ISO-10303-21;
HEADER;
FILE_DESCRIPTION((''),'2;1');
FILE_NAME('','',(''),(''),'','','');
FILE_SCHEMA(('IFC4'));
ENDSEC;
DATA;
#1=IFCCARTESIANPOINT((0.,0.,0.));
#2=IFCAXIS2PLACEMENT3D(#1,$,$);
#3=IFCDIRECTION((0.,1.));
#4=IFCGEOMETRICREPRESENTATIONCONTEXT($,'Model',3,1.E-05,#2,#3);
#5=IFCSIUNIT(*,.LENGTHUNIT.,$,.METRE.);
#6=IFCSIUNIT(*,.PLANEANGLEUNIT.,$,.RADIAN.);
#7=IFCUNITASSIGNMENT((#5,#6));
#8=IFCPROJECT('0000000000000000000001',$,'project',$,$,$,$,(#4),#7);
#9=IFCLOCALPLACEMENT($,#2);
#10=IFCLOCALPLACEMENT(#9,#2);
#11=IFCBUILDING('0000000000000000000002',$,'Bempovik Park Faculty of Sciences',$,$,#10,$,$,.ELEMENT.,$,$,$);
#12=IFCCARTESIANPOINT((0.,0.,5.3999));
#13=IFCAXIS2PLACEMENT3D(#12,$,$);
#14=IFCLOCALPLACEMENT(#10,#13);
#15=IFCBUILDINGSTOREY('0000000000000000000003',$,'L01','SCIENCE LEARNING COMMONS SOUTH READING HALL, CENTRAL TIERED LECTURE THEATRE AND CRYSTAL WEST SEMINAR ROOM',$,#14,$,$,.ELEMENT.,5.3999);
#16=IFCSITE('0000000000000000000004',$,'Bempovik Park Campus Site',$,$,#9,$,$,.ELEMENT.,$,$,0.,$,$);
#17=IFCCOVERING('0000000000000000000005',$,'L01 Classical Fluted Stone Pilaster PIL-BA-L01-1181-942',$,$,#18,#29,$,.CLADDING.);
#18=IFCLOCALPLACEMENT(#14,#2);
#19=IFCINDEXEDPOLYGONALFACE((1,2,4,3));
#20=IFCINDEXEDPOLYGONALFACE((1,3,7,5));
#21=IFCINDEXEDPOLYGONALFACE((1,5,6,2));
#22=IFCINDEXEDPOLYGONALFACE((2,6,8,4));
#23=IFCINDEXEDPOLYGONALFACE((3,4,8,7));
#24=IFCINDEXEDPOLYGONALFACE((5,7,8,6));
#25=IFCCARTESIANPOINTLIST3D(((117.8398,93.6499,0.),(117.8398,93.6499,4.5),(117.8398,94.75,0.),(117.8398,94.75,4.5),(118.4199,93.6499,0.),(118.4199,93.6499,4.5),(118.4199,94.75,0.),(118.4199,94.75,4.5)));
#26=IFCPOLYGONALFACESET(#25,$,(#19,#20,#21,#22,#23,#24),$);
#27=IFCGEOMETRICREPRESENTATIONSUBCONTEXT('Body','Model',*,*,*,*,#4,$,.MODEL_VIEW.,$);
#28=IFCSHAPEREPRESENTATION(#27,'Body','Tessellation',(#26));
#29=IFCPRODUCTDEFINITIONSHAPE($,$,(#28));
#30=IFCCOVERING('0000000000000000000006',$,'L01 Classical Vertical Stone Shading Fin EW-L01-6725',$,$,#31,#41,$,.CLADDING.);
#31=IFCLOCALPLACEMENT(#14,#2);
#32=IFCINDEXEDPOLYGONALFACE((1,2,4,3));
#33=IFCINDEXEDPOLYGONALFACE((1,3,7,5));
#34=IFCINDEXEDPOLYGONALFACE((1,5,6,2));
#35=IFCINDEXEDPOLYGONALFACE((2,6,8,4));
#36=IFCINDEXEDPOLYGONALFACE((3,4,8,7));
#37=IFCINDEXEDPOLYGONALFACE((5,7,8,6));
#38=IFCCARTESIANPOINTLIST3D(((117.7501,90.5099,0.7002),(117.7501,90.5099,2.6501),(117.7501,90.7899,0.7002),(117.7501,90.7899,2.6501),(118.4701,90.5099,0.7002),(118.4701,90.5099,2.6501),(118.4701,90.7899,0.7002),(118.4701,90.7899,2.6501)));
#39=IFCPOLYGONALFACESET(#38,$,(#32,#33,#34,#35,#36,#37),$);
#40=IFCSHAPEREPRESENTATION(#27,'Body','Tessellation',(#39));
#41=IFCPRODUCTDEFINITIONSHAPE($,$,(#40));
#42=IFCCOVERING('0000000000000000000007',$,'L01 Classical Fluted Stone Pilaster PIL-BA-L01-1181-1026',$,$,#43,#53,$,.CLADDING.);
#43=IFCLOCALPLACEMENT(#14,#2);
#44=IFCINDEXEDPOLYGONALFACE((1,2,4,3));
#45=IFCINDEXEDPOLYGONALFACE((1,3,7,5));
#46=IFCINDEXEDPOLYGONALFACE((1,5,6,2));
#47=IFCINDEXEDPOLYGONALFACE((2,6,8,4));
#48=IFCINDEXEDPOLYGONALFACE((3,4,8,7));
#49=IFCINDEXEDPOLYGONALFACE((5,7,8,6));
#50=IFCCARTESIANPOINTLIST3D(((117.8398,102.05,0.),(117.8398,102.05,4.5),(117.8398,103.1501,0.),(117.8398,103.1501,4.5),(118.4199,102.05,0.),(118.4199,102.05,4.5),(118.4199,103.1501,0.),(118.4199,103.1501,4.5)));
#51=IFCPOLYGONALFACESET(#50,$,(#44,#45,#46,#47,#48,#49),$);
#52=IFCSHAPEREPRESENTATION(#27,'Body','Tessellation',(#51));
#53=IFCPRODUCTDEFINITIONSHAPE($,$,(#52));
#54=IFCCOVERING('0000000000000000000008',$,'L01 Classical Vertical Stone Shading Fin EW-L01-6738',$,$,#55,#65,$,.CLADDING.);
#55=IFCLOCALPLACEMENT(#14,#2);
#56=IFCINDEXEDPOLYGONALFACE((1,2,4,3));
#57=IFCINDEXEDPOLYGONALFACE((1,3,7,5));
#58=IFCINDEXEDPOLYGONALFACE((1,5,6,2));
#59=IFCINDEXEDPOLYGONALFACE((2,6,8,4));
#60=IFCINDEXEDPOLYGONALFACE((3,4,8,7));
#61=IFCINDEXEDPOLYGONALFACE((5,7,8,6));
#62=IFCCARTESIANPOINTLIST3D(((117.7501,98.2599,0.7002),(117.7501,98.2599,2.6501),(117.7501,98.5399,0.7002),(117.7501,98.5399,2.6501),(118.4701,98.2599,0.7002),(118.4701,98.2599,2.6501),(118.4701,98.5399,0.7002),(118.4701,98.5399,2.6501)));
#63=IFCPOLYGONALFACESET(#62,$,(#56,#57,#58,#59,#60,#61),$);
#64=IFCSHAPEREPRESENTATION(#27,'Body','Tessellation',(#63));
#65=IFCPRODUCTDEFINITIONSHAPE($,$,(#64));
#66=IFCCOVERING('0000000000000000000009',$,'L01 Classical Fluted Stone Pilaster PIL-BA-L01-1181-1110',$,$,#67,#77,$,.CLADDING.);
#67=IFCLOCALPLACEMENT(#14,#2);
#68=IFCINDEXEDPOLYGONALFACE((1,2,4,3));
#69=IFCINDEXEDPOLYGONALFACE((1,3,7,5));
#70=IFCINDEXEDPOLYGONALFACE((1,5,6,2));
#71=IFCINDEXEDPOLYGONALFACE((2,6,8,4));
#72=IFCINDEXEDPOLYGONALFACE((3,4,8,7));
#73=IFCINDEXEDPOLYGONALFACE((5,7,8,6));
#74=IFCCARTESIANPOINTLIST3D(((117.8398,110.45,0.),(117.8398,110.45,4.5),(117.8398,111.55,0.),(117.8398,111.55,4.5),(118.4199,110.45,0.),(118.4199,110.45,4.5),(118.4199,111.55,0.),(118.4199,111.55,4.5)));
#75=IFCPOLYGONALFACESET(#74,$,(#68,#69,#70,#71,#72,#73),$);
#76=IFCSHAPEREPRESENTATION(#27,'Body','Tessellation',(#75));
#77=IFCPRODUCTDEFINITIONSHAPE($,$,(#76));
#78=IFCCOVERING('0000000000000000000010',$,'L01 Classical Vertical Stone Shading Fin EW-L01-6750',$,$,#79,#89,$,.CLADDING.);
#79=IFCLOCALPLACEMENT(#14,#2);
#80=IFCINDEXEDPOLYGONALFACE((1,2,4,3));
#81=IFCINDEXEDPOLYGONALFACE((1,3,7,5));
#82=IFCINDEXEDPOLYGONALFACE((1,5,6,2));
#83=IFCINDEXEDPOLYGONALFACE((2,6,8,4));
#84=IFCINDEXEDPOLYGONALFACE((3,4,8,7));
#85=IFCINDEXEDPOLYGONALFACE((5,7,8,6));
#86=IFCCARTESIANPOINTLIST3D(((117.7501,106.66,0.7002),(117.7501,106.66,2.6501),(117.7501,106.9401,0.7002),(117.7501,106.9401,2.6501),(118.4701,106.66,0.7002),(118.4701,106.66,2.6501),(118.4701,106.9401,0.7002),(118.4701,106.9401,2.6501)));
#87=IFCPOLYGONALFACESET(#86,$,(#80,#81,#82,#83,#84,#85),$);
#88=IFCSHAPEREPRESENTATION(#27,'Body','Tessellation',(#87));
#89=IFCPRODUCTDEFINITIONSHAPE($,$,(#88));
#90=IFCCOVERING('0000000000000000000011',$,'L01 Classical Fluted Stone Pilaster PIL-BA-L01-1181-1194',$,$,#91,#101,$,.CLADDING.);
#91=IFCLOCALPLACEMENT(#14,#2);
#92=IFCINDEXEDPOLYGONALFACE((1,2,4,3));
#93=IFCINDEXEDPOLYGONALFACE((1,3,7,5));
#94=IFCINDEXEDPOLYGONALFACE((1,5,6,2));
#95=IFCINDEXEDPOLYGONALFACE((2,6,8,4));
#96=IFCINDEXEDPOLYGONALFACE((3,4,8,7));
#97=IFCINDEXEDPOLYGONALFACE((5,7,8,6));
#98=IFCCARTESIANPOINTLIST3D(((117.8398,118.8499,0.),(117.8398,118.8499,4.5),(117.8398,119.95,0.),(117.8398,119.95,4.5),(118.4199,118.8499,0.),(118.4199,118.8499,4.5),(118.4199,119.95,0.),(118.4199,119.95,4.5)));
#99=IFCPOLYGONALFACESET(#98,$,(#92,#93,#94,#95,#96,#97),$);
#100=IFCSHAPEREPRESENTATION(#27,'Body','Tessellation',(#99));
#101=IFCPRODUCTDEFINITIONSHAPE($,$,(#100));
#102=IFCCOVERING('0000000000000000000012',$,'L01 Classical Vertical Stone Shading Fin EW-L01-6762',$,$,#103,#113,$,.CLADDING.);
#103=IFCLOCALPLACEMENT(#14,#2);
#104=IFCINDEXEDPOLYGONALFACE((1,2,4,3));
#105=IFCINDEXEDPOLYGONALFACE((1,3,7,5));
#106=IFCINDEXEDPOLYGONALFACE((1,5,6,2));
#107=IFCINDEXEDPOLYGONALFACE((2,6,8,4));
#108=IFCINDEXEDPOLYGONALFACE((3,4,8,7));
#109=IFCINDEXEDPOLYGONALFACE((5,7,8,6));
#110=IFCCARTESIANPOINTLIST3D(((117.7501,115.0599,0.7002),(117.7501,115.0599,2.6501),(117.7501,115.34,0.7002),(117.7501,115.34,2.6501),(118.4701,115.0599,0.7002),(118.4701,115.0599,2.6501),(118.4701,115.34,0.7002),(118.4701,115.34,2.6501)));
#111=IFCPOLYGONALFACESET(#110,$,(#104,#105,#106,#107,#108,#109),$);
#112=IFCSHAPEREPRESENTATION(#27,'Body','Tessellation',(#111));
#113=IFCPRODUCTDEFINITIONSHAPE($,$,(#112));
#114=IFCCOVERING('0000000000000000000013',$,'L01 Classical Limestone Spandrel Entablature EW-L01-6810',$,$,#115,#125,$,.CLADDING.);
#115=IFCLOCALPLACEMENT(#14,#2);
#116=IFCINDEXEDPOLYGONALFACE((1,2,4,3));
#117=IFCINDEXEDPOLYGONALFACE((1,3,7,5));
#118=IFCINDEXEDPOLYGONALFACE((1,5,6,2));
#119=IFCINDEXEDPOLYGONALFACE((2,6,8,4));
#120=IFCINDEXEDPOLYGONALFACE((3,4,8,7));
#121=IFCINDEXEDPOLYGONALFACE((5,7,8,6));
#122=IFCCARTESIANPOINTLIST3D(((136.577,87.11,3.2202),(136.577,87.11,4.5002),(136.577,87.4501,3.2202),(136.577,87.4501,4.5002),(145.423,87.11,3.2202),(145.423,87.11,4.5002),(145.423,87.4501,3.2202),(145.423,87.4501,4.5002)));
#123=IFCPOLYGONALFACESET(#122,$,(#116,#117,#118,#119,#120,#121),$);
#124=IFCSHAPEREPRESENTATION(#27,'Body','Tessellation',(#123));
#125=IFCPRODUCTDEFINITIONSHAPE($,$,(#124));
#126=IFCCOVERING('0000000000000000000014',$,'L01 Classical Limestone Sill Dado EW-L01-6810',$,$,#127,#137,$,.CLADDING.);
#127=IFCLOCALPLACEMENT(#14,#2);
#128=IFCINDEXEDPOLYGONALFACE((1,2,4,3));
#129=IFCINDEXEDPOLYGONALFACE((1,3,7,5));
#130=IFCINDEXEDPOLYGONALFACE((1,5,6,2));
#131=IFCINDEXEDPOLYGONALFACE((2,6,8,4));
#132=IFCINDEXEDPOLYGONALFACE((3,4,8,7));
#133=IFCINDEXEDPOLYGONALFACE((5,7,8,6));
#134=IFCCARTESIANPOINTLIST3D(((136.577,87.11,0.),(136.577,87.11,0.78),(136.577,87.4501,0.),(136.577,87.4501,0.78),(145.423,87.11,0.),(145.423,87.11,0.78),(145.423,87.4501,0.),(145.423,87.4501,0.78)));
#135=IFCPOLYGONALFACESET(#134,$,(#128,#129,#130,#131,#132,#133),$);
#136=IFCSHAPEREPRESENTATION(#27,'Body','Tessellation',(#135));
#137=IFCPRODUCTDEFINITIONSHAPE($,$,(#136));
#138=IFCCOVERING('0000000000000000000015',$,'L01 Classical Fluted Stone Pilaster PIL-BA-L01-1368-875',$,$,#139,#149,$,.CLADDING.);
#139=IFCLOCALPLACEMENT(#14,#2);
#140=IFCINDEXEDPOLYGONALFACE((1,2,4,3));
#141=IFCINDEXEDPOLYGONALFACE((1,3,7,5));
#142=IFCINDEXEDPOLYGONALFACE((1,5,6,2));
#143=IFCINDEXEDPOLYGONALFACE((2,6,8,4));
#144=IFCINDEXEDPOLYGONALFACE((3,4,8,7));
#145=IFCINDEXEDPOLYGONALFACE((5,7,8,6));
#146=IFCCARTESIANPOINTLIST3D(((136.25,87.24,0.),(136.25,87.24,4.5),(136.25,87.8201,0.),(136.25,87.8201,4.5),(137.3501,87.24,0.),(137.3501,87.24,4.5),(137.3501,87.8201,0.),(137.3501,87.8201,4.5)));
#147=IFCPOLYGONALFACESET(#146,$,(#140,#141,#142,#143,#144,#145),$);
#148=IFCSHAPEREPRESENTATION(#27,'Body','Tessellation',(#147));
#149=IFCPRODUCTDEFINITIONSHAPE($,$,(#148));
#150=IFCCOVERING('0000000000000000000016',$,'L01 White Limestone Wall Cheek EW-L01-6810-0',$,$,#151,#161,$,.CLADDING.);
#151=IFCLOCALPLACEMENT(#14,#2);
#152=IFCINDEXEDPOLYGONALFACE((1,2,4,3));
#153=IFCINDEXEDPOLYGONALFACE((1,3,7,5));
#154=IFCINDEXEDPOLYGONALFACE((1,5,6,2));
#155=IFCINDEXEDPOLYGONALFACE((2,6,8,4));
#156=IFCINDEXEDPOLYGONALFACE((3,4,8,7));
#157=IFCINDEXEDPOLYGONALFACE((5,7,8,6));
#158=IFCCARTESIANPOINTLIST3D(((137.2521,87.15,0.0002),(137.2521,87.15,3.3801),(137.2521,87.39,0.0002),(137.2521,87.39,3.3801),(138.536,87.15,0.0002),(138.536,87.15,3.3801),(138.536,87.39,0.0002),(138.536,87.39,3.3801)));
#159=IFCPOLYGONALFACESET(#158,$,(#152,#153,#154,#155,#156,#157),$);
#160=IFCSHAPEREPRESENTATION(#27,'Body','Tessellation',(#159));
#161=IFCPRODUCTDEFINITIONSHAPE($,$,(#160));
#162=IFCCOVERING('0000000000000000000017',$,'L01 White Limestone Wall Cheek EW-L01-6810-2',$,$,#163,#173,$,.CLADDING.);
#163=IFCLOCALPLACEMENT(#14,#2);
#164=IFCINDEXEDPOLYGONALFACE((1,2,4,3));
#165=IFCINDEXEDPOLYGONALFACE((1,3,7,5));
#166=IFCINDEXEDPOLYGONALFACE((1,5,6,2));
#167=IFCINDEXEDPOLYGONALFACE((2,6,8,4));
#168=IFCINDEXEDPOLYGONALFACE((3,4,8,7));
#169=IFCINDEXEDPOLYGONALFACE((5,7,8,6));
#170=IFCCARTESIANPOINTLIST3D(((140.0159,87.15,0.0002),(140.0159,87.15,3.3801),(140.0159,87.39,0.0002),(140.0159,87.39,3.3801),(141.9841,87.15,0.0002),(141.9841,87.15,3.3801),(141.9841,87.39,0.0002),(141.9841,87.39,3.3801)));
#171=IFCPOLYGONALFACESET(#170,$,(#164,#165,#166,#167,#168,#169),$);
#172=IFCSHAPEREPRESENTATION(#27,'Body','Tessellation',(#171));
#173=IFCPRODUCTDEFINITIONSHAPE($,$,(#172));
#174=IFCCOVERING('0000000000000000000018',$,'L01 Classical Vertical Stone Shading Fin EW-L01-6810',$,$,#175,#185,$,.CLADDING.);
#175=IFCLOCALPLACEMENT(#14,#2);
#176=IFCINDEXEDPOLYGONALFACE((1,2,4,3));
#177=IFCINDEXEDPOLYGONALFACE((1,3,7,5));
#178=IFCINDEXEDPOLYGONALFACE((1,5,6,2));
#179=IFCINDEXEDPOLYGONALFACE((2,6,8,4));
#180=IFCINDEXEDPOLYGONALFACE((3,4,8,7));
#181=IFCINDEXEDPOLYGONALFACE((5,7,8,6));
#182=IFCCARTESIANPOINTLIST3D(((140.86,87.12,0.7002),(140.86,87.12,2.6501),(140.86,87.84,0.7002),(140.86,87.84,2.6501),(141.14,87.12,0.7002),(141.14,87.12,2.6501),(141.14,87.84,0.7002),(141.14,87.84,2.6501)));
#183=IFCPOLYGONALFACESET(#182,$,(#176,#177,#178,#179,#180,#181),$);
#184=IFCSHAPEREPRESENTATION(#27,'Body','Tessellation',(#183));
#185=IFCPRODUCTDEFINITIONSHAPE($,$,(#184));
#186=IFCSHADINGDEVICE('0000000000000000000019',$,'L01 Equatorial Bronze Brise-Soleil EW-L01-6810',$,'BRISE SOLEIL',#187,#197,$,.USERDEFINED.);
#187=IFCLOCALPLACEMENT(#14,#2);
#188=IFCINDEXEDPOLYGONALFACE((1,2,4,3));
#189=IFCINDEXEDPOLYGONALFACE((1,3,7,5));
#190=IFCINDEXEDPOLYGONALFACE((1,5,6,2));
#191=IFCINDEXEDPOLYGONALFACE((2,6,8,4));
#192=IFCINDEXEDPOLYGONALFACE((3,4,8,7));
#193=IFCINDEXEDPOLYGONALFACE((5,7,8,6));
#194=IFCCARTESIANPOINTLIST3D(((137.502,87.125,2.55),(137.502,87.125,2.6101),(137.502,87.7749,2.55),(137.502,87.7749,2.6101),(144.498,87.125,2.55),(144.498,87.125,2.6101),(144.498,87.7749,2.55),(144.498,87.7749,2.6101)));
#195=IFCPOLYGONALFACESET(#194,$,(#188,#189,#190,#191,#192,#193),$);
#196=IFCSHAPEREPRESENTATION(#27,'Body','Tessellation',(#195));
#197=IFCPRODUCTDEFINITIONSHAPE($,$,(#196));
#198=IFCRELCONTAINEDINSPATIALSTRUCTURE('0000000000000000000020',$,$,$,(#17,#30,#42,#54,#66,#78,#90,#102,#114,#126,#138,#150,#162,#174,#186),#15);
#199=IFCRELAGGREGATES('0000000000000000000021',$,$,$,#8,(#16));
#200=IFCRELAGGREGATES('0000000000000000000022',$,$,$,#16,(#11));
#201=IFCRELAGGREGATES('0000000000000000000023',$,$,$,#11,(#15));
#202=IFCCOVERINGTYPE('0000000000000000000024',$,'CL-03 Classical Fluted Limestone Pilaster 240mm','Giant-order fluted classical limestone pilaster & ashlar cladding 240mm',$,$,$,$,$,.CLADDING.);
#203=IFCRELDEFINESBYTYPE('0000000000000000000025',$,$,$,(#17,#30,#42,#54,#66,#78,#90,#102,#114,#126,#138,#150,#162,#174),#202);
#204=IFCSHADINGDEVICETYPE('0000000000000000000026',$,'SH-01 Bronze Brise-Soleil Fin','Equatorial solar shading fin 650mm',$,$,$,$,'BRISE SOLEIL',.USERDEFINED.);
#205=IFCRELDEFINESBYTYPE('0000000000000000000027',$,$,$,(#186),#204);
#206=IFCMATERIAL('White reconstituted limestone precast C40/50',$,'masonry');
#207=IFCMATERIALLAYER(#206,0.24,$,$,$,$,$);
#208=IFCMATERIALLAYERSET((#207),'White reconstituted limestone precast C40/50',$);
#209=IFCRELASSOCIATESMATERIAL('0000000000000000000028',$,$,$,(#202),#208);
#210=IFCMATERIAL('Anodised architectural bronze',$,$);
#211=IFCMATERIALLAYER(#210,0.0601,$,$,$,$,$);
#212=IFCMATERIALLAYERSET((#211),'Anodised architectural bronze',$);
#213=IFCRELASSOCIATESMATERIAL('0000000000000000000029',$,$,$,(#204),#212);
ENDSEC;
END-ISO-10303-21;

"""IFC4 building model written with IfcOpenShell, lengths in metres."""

from ifc_helpers import new_model, si_unit, direction, frame, origin, origin_2d, place, context, subcontext, project, spatial, rectangle, extrude, material, layer, layer_set, type_object, element, save


model = new_model("IFC4")

# Units and contexts
model_context = context("Model", 3, precision=1e-05, world=origin(), true_north=direction((0.0, 1.0)))
body_context = subcontext(model_context, "Body", "Model", "MODEL_VIEW")
ifc_project = project(units=[si_unit("LENGTHUNIT", "METRE"), si_unit("PLANEANGLEUNIT", "RADIAN")], contexts=[model_context])

# Site, building, storey
site_placement = place(None, origin())
site = spatial("IfcSite", under=ifc_project, at=site_placement, Name="Bempovik Park Campus Site", CompositionType="ELEMENT", RefElevation=0.0)
building_placement = place(site_placement, origin())
building = spatial("IfcBuilding", under=site, at=building_placement, Name="Bempovik Park Faculty of Sciences", CompositionType="ELEMENT")
storey_placement = place(building_placement, frame((0.0, 0.0, 5.3999)))
storey = spatial("IfcBuildingStorey", under=building, at=storey_placement, Name="L01", Description="SCIENCE LEARNING COMMONS SOUTH READING HALL, CENTRAL TIERED LECTURE THEATRE AND CRYSTAL WEST SEMINAR ROOM", CompositionType="ELEMENT", Elevation=5.3999)

# Shared definitions
ifc_material_1 = material(Name="Anodised architectural bronze")

# Coverings
ifc_material_2 = material(Name="White reconstituted limestone precast C40/50", Category="masonry")
ifc_layer_1 = layer(ifc_material_2, 0.24)
ifc_layer_set_1 = layer_set([ifc_layer_1], Name="White reconstituted limestone precast C40/50")
covering_type_1 = type_object("IfcCoveringType", Name="CL-03 Classical Fluted Limestone Pilaster 240mm", Description="Giant-order fluted classical limestone pilaster & ashlar cladding 240mm", PredefinedType="CLADDING", material=ifc_layer_set_1)
covering_1_placement = place(storey_placement, frame((118.1299, 94.2, 0.0), z_axis=(0.0, 0.0, 1.0), x_axis=(1.0, 0.0, 0.0)))
element("IfcCovering", 1, at=covering_1_placement, inside=storey, type_object=covering_type_1, Name="L01 Classical Fluted Stone Pilaster PIL-BA-L01-1181-942", PredefinedType="CLADDING", context=body_context, shape_type="SweptSolid", body=[
    extrude(rectangle(XDim=0.5801, YDim=1.1001, at=origin_2d()), origin(), (0.0, 0.0, 1.0), 4.5),
])
covering_2_placement = place(storey_placement, frame((118.1101, 90.6499, 0.7002), z_axis=(0.0, 0.0, 1.0), x_axis=(1.0, 0.0, 0.0)))
element("IfcCovering", 2, at=covering_2_placement, inside=storey, type_object=covering_type_1, Name="L01 Classical Vertical Stone Shading Fin EW-L01-6725", PredefinedType="CLADDING", context=body_context, shape_type="SweptSolid", body=[
    extrude(rectangle(XDim=0.72, YDim=0.28, at=origin_2d()), origin(), (0.0, 0.0, 1.0), 1.95),
])
covering_3_placement = place(storey_placement, frame((118.1299, 102.6001, 0.0), z_axis=(0.0, 0.0, 1.0), x_axis=(1.0, 0.0, 0.0)))
element("IfcCovering", 3, at=covering_3_placement, inside=storey, type_object=covering_type_1, Name="L01 Classical Fluted Stone Pilaster PIL-BA-L01-1181-1026", PredefinedType="CLADDING", context=body_context, shape_type="SweptSolid", body=[
    extrude(rectangle(XDim=0.5801, YDim=1.1001, at=origin_2d()), origin(), (0.0, 0.0, 1.0), 4.5),
])
covering_4_placement = place(storey_placement, frame((118.1101, 98.3999, 0.7002), z_axis=(0.0, 0.0, 1.0), x_axis=(1.0, 0.0, 0.0)))
element("IfcCovering", 4, at=covering_4_placement, inside=storey, type_object=covering_type_1, Name="L01 Classical Vertical Stone Shading Fin EW-L01-6738", PredefinedType="CLADDING", context=body_context, shape_type="SweptSolid", body=[
    extrude(rectangle(XDim=0.72, YDim=0.28, at=origin_2d()), origin(), (0.0, 0.0, 1.0), 1.95),
])
covering_5_placement = place(storey_placement, frame((118.1299, 111.0, 0.0), z_axis=(0.0, 0.0, 1.0), x_axis=(1.0, 0.0, 0.0)))
element("IfcCovering", 5, at=covering_5_placement, inside=storey, type_object=covering_type_1, Name="L01 Classical Fluted Stone Pilaster PIL-BA-L01-1181-1110", PredefinedType="CLADDING", context=body_context, shape_type="SweptSolid", body=[
    extrude(rectangle(XDim=0.5801, YDim=1.1001, at=origin_2d()), origin(), (0.0, 0.0, 1.0), 4.5),
])
covering_6_placement = place(storey_placement, frame((118.1101, 106.8, 0.7002), z_axis=(0.0, 0.0, 1.0), x_axis=(1.0, 0.0, 0.0)))
element("IfcCovering", 6, at=covering_6_placement, inside=storey, type_object=covering_type_1, Name="L01 Classical Vertical Stone Shading Fin EW-L01-6750", PredefinedType="CLADDING", context=body_context, shape_type="SweptSolid", body=[
    extrude(rectangle(XDim=0.72, YDim=0.28, at=origin_2d()), origin(), (0.0, 0.0, 1.0), 1.95),
])
covering_7_placement = place(storey_placement, frame((118.1299, 119.3999, 0.0), z_axis=(0.0, 0.0, 1.0), x_axis=(1.0, 0.0, 0.0)))
element("IfcCovering", 7, at=covering_7_placement, inside=storey, type_object=covering_type_1, Name="L01 Classical Fluted Stone Pilaster PIL-BA-L01-1181-1194", PredefinedType="CLADDING", context=body_context, shape_type="SweptSolid", body=[
    extrude(rectangle(XDim=0.5801, YDim=1.1001, at=origin_2d()), origin(), (0.0, 0.0, 1.0), 4.5),
])
covering_8_placement = place(storey_placement, frame((118.1101, 115.2, 0.7002), z_axis=(0.0, 0.0, 1.0), x_axis=(1.0, 0.0, 0.0)))
element("IfcCovering", 8, at=covering_8_placement, inside=storey, type_object=covering_type_1, Name="L01 Classical Vertical Stone Shading Fin EW-L01-6762", PredefinedType="CLADDING", context=body_context, shape_type="SweptSolid", body=[
    extrude(rectangle(XDim=0.72, YDim=0.28, at=origin_2d()), origin(), (0.0, 0.0, 1.0), 1.95),
])
covering_9_placement = place(storey_placement, frame((141.0, 87.28, 3.2202), z_axis=(0.0, 0.0, 1.0), x_axis=(1.0, 0.0, 0.0)))
element("IfcCovering", 9, at=covering_9_placement, inside=storey, type_object=covering_type_1, Name="L01 Classical Limestone Spandrel Entablature EW-L01-6810", PredefinedType="CLADDING", context=body_context, shape_type="SweptSolid", body=[
    extrude(rectangle(XDim=8.8459, YDim=0.3401, at=origin_2d()), origin(), (0.0, 0.0, 1.0), 1.28),
])
covering_10_placement = place(storey_placement, frame((141.0, 87.28, 0.0), z_axis=(0.0, 0.0, 1.0), x_axis=(1.0, 0.0, 0.0)))
element("IfcCovering", 10, at=covering_10_placement, inside=storey, type_object=covering_type_1, Name="L01 Classical Limestone Sill Dado EW-L01-6810", PredefinedType="CLADDING", context=body_context, shape_type="SweptSolid", body=[
    extrude(rectangle(XDim=8.8459, YDim=0.3401, at=origin_2d()), origin(), (0.0, 0.0, 1.0), 0.78),
])
covering_11_placement = place(storey_placement, frame((136.8, 87.53, 0.0), z_axis=(0.0, 0.0, 1.0), x_axis=(1.0, 0.0, 0.0)))
element("IfcCovering", 11, at=covering_11_placement, inside=storey, type_object=covering_type_1, Name="L01 Classical Fluted Stone Pilaster PIL-BA-L01-1368-875", PredefinedType="CLADDING", context=body_context, shape_type="SweptSolid", body=[
    extrude(rectangle(XDim=1.1001, YDim=0.5801, at=origin_2d()), origin(), (0.0, 0.0, 1.0), 4.5),
])
covering_12_placement = place(storey_placement, frame((137.894, 87.27, 0.0002), z_axis=(0.0, 0.0, 1.0), x_axis=(1.0, 0.0, 0.0)))
element("IfcCovering", 12, at=covering_12_placement, inside=storey, type_object=covering_type_1, Name="L01 White Limestone Wall Cheek EW-L01-6810-0", PredefinedType="CLADDING", context=body_context, shape_type="SweptSolid", body=[
    extrude(rectangle(XDim=1.2839, YDim=0.24, at=origin_2d()), origin(), (0.0, 0.0, 1.0), 3.3799),
])
covering_13_placement = place(storey_placement, frame((141.0, 87.27, 0.0002), z_axis=(0.0, 0.0, 1.0), x_axis=(1.0, 0.0, 0.0)))
element("IfcCovering", 13, at=covering_13_placement, inside=storey, type_object=covering_type_1, Name="L01 White Limestone Wall Cheek EW-L01-6810-2", PredefinedType="CLADDING", context=body_context, shape_type="SweptSolid", body=[
    extrude(rectangle(XDim=1.9683, YDim=0.24, at=origin_2d()), origin(), (0.0, 0.0, 1.0), 3.3799),
])
covering_14_placement = place(storey_placement, frame((141.0, 87.48, 0.7002), z_axis=(0.0, 0.0, 1.0), x_axis=(1.0, 0.0, 0.0)))
element("IfcCovering", 14, at=covering_14_placement, inside=storey, type_object=covering_type_1, Name="L01 Classical Vertical Stone Shading Fin EW-L01-6810", PredefinedType="CLADDING", context=body_context, shape_type="SweptSolid", body=[
    extrude(rectangle(XDim=0.28, YDim=0.72, at=origin_2d()), origin(), (0.0, 0.0, 1.0), 1.95),
])

# Shading device
ifc_layer_2 = layer(ifc_material_1, 0.0601)
ifc_layer_set_2 = layer_set([ifc_layer_2], Name="Anodised architectural bronze")
shading_device_type = type_object("IfcShadingDeviceType", Name="SH-01 Bronze Brise-Soleil Fin", Description="Equatorial solar shading fin 650mm", ElementType="BRISE SOLEIL", PredefinedType="USERDEFINED", material=ifc_layer_set_2)
shading_device_placement = place(storey_placement, frame((141.0, 87.45, 2.55), z_axis=(0.0, 0.0, 1.0), x_axis=(1.0, 0.0, 0.0)))
element("IfcShadingDevice", 15, at=shading_device_placement, inside=storey, type_object=shading_device_type, Name="L01 Equatorial Bronze Brise-Soleil EW-L01-6810", ObjectType="BRISE SOLEIL", PredefinedType="USERDEFINED", context=body_context, shape_type="SweptSolid", body=[
    extrude(rectangle(XDim=6.9961, YDim=0.6499, at=origin_2d()), origin(), (0.0, 0.0, 1.0), 0.0601),
])

save(model, "model.ifc")
